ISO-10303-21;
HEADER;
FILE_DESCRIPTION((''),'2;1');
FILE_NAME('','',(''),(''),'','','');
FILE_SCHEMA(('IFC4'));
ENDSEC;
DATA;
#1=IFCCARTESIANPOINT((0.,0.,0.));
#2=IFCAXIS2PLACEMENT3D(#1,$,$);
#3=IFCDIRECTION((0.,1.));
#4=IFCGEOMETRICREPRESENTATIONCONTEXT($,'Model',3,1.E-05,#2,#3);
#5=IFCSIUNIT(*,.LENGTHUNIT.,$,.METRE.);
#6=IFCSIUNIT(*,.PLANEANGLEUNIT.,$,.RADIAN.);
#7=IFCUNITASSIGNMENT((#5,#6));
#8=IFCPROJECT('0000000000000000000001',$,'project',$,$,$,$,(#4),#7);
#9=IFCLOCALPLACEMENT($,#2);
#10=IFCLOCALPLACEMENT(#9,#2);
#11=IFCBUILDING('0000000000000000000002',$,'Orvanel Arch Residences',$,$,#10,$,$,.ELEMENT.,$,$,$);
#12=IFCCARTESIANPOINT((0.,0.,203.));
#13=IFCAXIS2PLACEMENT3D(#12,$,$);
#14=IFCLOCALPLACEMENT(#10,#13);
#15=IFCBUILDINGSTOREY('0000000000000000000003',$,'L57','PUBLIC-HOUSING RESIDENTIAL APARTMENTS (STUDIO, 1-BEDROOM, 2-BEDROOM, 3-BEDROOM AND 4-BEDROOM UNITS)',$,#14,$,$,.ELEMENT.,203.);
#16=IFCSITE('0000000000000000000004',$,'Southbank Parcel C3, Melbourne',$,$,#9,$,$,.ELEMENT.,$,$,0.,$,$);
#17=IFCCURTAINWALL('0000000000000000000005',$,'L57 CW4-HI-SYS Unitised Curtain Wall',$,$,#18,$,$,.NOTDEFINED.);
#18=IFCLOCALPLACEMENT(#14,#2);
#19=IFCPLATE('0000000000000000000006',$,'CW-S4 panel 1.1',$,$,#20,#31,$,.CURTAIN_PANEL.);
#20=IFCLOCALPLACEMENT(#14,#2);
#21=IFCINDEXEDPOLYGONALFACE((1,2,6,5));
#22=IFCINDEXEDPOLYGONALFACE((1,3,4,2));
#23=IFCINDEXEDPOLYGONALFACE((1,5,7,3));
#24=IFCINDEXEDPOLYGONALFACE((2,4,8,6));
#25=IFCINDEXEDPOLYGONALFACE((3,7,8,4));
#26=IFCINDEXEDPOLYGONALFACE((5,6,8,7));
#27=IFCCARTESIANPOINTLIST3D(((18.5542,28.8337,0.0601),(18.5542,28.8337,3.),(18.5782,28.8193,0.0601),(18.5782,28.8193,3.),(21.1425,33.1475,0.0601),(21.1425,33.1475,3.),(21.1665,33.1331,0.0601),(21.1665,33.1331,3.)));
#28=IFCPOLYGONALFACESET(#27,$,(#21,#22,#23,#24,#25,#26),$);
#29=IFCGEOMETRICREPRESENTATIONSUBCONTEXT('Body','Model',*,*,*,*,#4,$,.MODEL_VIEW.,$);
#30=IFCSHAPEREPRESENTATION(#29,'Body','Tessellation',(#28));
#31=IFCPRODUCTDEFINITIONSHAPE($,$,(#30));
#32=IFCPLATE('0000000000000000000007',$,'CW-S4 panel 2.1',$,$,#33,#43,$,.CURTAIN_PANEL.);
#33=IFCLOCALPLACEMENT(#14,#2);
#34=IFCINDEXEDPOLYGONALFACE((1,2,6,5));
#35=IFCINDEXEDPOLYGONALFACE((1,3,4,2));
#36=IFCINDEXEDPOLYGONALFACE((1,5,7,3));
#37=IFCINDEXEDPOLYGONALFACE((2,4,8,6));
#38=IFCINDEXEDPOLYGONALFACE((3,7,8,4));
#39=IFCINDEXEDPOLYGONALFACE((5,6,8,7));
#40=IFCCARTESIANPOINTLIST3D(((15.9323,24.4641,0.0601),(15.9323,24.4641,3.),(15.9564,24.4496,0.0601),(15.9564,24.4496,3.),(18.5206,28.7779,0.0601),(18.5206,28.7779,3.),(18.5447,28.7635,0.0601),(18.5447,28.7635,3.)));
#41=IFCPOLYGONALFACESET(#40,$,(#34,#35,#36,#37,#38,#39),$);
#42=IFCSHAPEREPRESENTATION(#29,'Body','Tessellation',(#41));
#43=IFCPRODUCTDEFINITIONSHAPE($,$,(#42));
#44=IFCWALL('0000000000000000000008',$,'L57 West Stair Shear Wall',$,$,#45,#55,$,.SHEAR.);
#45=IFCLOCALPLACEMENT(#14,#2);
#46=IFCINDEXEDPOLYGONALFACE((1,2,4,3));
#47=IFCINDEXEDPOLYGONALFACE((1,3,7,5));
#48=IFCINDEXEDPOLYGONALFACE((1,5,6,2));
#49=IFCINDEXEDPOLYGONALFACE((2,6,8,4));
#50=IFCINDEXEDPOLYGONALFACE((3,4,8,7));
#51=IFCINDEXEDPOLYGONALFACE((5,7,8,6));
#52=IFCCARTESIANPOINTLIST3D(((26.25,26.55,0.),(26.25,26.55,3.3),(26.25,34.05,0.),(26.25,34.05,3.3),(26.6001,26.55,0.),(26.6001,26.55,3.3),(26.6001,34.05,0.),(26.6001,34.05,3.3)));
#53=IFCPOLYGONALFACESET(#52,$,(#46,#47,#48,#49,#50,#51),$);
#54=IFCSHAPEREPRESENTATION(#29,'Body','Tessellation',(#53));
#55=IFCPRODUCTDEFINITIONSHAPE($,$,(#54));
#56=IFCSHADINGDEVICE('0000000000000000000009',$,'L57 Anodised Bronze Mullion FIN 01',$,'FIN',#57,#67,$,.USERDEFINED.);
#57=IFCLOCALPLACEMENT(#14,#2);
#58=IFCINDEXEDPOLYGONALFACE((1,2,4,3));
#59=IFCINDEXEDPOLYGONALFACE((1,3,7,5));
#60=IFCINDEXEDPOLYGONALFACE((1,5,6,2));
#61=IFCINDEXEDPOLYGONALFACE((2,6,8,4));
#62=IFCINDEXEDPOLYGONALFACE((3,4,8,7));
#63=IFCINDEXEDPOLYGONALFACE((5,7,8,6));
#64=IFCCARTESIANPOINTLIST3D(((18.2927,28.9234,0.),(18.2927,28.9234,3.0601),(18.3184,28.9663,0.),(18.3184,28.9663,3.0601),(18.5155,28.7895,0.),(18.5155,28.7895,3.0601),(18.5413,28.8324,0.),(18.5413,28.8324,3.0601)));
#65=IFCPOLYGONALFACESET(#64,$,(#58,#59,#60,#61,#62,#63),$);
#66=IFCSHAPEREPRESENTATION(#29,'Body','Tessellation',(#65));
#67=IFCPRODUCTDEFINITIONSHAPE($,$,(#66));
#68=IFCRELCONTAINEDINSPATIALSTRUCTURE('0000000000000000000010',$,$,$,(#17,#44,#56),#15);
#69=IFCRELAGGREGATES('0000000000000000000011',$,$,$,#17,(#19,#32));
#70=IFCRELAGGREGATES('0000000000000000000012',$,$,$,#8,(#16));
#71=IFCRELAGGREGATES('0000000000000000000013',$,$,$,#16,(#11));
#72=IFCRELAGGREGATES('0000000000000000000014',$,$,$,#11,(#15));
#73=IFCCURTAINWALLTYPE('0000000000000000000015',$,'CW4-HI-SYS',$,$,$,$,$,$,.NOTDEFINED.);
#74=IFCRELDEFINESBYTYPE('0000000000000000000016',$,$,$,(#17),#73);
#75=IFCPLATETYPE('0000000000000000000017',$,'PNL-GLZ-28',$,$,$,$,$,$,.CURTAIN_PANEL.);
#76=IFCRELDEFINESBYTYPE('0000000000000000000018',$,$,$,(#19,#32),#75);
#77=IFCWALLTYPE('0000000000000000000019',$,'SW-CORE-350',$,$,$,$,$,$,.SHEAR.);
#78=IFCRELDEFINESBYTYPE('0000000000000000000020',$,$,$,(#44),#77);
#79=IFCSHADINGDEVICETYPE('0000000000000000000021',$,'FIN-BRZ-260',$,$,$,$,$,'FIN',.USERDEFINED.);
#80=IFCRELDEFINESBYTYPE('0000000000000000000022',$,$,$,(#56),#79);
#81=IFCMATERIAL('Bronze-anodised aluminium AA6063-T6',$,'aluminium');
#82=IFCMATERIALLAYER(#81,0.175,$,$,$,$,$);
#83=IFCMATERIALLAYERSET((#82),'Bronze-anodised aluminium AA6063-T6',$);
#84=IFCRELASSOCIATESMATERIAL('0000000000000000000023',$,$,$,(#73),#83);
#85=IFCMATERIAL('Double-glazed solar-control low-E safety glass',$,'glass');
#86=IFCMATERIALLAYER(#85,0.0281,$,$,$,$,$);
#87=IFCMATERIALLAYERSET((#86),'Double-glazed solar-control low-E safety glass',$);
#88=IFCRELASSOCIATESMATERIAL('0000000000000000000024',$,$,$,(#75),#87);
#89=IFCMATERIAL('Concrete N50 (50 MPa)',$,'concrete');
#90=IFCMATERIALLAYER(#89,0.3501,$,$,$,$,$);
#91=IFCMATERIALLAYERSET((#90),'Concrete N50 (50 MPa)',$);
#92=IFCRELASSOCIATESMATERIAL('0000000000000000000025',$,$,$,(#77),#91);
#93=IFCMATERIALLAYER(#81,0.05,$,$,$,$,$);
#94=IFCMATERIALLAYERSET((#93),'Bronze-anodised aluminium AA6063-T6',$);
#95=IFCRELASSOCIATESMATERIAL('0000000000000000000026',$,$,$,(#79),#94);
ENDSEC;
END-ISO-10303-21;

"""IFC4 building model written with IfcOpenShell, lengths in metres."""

from ifc_helpers import new_model, si_unit, direction, frame, frame_2d, origin, origin_2d, place, context, subcontext, project, spatial, rectangle, extrude, material, layer, layer_set, type_object, element, aggregate, save


model = new_model("IFC4")

# Units and contexts
model_context = context("Model", 3, precision=1e-05, world=origin(), true_north=direction((0.0, 1.0)))
body_context = subcontext(model_context, "Body", "Model", "MODEL_VIEW")
ifc_project = project(units=[si_unit("LENGTHUNIT", "METRE"), si_unit("PLANEANGLEUNIT", "RADIAN")], contexts=[model_context])

# Site, building, storey
site_placement = place(None, origin())
site = spatial("IfcSite", under=ifc_project, at=site_placement, Name="Southbank Parcel C3, Melbourne", CompositionType="ELEMENT", RefElevation=0.0)
building_placement = place(site_placement, origin())
building = spatial("IfcBuilding", under=site, at=building_placement, Name="Orvanel Arch Residences", CompositionType="ELEMENT")
storey_placement = place(building_placement, frame((0.0, 0.0, 203.0)))
storey = spatial("IfcBuildingStorey", under=building, at=storey_placement, Name="L57", Description="PUBLIC-HOUSING RESIDENTIAL APARTMENTS (STUDIO, 1-BEDROOM, 2-BEDROOM, 3-BEDROOM AND 4-BEDROOM UNITS)", CompositionType="ELEMENT", Elevation=203.0)

# Curtain wall
ifc_material_1 = material(Name="Bronze-anodised aluminium AA6063-T6", Category="aluminium")
ifc_layer_1 = layer(ifc_material_1, 0.175)
ifc_layer_set_1 = layer_set([ifc_layer_1], Name="Bronze-anodised aluminium AA6063-T6")
curtain_wall_type = type_object("IfcCurtainWallType", Name="CW4-HI-SYS", PredefinedType="NOTDEFINED", material=ifc_layer_set_1)
curtain_wall_placement = place(storey_placement, origin())
curtain_wall = element("IfcCurtainWall", 1, at=curtain_wall_placement, inside=storey, type_object=curtain_wall_type, Name="L57 CW4-HI-SYS Unitised Curtain Wall", PredefinedType="NOTDEFINED")

# Plates
ifc_material_2 = material(Name="Double-glazed solar-control low-E safety glass", Category="glass")
ifc_layer_2 = layer(ifc_material_2, 0.0281)
ifc_layer_set_2 = layer_set([ifc_layer_2], Name="Double-glazed solar-control low-E safety glass")
plate_type_1 = type_object("IfcPlateType", Name="PNL-GLZ-28", PredefinedType="CURTAIN_PANEL", material=ifc_layer_set_2)
plate_1_placement = place(storey_placement, frame((19.8604, 30.9834, 0.0601), z_axis=(0.0, 0.0, 1.0), x_axis=(-0.514496, -0.857493, 0.0)))
plate_1 = element("IfcPlate", 2, at=plate_1_placement, type_object=plate_type_1, Name="CW-S4 panel 1.1", PredefinedType="CURTAIN_PANEL", context=body_context, shape_type="SweptSolid", body=[
    extrude(rectangle(XDim=5.0308, YDim=0.0281, at=origin_2d()), origin(), (0.0, 0.0, 1.0), 2.9399),
])
plate_2_placement = place(storey_placement, frame((17.2385, 26.6138, 0.0601), z_axis=(0.0, 0.0, 1.0), x_axis=(-0.514496, -0.857493, 0.0)))
plate_2 = element("IfcPlate", 3, at=plate_2_placement, type_object=plate_type_1, Name="CW-S4 panel 2.1", PredefinedType="CURTAIN_PANEL", context=body_context, shape_type="SweptSolid", body=[
    extrude(rectangle(XDim=5.0308, YDim=0.0281, at=origin_2d()), origin(), (0.0, 0.0, 1.0), 2.9399),
])
aggregate(curtain_wall, [plate_1, plate_2])

# Shared definitions
ifc_material_3 = material(Name="Concrete N50 (50 MPa)", Category="concrete")
ifc_layer_3 = layer(ifc_material_3, 0.3501)
ifc_layer_set_3 = layer_set([ifc_layer_3], Name="Concrete N50 (50 MPa)")
wall_type = type_object("IfcWallType", Name="SW-CORE-350", PredefinedType="SHEAR", material=ifc_layer_set_3)

# Wall
wall_1_placement = place(storey_placement, frame((26.425, 26.55, 0.0), z_axis=(0.0, 0.0, 1.0), x_axis=(0.0, 1.0, 0.0)))
element("IfcWall", 4, at=wall_1_placement, inside=storey, type_object=wall_type, Name="L57 West Stair Shear Wall", PredefinedType="SHEAR", context=body_context, shape_type="SweptSolid", body=[
    extrude(rectangle(XDim=7.5, YDim=0.3501, at=frame_2d((3.75, 0.0))), origin(), (0.0, 0.0, 1.0), 3.3),
])

# Shading device
ifc_layer_4 = layer(ifc_material_1, 0.05)
ifc_layer_set_4 = layer_set([ifc_layer_4], Name="Bronze-anodised aluminium AA6063-T6")
shading_device_type = type_object("IfcShadingDeviceType", Name="FIN-BRZ-260", ElementType="FIN", PredefinedType="USERDEFINED", material=ifc_layer_set_4)
shading_device_placement = place(storey_placement, frame((18.417, 28.8779, 0.0), z_axis=(0.0, 0.0, 1.0), x_axis=(-0.857167, 0.515038, 0.0)))
element("IfcShadingDevice", 5, at=shading_device_placement, inside=storey, type_object=shading_device_type, Name="L57 Anodised Bronze Mullion FIN 01", ObjectType="FIN", PredefinedType="USERDEFINED", context=body_context, shape_type="SweptSolid", body=[
    extrude(rectangle(XDim=0.26, YDim=0.05, at=origin_2d()), origin(), (0.0, 0.0, 1.0), 3.0601),
])

save(model, "model.ifc")
